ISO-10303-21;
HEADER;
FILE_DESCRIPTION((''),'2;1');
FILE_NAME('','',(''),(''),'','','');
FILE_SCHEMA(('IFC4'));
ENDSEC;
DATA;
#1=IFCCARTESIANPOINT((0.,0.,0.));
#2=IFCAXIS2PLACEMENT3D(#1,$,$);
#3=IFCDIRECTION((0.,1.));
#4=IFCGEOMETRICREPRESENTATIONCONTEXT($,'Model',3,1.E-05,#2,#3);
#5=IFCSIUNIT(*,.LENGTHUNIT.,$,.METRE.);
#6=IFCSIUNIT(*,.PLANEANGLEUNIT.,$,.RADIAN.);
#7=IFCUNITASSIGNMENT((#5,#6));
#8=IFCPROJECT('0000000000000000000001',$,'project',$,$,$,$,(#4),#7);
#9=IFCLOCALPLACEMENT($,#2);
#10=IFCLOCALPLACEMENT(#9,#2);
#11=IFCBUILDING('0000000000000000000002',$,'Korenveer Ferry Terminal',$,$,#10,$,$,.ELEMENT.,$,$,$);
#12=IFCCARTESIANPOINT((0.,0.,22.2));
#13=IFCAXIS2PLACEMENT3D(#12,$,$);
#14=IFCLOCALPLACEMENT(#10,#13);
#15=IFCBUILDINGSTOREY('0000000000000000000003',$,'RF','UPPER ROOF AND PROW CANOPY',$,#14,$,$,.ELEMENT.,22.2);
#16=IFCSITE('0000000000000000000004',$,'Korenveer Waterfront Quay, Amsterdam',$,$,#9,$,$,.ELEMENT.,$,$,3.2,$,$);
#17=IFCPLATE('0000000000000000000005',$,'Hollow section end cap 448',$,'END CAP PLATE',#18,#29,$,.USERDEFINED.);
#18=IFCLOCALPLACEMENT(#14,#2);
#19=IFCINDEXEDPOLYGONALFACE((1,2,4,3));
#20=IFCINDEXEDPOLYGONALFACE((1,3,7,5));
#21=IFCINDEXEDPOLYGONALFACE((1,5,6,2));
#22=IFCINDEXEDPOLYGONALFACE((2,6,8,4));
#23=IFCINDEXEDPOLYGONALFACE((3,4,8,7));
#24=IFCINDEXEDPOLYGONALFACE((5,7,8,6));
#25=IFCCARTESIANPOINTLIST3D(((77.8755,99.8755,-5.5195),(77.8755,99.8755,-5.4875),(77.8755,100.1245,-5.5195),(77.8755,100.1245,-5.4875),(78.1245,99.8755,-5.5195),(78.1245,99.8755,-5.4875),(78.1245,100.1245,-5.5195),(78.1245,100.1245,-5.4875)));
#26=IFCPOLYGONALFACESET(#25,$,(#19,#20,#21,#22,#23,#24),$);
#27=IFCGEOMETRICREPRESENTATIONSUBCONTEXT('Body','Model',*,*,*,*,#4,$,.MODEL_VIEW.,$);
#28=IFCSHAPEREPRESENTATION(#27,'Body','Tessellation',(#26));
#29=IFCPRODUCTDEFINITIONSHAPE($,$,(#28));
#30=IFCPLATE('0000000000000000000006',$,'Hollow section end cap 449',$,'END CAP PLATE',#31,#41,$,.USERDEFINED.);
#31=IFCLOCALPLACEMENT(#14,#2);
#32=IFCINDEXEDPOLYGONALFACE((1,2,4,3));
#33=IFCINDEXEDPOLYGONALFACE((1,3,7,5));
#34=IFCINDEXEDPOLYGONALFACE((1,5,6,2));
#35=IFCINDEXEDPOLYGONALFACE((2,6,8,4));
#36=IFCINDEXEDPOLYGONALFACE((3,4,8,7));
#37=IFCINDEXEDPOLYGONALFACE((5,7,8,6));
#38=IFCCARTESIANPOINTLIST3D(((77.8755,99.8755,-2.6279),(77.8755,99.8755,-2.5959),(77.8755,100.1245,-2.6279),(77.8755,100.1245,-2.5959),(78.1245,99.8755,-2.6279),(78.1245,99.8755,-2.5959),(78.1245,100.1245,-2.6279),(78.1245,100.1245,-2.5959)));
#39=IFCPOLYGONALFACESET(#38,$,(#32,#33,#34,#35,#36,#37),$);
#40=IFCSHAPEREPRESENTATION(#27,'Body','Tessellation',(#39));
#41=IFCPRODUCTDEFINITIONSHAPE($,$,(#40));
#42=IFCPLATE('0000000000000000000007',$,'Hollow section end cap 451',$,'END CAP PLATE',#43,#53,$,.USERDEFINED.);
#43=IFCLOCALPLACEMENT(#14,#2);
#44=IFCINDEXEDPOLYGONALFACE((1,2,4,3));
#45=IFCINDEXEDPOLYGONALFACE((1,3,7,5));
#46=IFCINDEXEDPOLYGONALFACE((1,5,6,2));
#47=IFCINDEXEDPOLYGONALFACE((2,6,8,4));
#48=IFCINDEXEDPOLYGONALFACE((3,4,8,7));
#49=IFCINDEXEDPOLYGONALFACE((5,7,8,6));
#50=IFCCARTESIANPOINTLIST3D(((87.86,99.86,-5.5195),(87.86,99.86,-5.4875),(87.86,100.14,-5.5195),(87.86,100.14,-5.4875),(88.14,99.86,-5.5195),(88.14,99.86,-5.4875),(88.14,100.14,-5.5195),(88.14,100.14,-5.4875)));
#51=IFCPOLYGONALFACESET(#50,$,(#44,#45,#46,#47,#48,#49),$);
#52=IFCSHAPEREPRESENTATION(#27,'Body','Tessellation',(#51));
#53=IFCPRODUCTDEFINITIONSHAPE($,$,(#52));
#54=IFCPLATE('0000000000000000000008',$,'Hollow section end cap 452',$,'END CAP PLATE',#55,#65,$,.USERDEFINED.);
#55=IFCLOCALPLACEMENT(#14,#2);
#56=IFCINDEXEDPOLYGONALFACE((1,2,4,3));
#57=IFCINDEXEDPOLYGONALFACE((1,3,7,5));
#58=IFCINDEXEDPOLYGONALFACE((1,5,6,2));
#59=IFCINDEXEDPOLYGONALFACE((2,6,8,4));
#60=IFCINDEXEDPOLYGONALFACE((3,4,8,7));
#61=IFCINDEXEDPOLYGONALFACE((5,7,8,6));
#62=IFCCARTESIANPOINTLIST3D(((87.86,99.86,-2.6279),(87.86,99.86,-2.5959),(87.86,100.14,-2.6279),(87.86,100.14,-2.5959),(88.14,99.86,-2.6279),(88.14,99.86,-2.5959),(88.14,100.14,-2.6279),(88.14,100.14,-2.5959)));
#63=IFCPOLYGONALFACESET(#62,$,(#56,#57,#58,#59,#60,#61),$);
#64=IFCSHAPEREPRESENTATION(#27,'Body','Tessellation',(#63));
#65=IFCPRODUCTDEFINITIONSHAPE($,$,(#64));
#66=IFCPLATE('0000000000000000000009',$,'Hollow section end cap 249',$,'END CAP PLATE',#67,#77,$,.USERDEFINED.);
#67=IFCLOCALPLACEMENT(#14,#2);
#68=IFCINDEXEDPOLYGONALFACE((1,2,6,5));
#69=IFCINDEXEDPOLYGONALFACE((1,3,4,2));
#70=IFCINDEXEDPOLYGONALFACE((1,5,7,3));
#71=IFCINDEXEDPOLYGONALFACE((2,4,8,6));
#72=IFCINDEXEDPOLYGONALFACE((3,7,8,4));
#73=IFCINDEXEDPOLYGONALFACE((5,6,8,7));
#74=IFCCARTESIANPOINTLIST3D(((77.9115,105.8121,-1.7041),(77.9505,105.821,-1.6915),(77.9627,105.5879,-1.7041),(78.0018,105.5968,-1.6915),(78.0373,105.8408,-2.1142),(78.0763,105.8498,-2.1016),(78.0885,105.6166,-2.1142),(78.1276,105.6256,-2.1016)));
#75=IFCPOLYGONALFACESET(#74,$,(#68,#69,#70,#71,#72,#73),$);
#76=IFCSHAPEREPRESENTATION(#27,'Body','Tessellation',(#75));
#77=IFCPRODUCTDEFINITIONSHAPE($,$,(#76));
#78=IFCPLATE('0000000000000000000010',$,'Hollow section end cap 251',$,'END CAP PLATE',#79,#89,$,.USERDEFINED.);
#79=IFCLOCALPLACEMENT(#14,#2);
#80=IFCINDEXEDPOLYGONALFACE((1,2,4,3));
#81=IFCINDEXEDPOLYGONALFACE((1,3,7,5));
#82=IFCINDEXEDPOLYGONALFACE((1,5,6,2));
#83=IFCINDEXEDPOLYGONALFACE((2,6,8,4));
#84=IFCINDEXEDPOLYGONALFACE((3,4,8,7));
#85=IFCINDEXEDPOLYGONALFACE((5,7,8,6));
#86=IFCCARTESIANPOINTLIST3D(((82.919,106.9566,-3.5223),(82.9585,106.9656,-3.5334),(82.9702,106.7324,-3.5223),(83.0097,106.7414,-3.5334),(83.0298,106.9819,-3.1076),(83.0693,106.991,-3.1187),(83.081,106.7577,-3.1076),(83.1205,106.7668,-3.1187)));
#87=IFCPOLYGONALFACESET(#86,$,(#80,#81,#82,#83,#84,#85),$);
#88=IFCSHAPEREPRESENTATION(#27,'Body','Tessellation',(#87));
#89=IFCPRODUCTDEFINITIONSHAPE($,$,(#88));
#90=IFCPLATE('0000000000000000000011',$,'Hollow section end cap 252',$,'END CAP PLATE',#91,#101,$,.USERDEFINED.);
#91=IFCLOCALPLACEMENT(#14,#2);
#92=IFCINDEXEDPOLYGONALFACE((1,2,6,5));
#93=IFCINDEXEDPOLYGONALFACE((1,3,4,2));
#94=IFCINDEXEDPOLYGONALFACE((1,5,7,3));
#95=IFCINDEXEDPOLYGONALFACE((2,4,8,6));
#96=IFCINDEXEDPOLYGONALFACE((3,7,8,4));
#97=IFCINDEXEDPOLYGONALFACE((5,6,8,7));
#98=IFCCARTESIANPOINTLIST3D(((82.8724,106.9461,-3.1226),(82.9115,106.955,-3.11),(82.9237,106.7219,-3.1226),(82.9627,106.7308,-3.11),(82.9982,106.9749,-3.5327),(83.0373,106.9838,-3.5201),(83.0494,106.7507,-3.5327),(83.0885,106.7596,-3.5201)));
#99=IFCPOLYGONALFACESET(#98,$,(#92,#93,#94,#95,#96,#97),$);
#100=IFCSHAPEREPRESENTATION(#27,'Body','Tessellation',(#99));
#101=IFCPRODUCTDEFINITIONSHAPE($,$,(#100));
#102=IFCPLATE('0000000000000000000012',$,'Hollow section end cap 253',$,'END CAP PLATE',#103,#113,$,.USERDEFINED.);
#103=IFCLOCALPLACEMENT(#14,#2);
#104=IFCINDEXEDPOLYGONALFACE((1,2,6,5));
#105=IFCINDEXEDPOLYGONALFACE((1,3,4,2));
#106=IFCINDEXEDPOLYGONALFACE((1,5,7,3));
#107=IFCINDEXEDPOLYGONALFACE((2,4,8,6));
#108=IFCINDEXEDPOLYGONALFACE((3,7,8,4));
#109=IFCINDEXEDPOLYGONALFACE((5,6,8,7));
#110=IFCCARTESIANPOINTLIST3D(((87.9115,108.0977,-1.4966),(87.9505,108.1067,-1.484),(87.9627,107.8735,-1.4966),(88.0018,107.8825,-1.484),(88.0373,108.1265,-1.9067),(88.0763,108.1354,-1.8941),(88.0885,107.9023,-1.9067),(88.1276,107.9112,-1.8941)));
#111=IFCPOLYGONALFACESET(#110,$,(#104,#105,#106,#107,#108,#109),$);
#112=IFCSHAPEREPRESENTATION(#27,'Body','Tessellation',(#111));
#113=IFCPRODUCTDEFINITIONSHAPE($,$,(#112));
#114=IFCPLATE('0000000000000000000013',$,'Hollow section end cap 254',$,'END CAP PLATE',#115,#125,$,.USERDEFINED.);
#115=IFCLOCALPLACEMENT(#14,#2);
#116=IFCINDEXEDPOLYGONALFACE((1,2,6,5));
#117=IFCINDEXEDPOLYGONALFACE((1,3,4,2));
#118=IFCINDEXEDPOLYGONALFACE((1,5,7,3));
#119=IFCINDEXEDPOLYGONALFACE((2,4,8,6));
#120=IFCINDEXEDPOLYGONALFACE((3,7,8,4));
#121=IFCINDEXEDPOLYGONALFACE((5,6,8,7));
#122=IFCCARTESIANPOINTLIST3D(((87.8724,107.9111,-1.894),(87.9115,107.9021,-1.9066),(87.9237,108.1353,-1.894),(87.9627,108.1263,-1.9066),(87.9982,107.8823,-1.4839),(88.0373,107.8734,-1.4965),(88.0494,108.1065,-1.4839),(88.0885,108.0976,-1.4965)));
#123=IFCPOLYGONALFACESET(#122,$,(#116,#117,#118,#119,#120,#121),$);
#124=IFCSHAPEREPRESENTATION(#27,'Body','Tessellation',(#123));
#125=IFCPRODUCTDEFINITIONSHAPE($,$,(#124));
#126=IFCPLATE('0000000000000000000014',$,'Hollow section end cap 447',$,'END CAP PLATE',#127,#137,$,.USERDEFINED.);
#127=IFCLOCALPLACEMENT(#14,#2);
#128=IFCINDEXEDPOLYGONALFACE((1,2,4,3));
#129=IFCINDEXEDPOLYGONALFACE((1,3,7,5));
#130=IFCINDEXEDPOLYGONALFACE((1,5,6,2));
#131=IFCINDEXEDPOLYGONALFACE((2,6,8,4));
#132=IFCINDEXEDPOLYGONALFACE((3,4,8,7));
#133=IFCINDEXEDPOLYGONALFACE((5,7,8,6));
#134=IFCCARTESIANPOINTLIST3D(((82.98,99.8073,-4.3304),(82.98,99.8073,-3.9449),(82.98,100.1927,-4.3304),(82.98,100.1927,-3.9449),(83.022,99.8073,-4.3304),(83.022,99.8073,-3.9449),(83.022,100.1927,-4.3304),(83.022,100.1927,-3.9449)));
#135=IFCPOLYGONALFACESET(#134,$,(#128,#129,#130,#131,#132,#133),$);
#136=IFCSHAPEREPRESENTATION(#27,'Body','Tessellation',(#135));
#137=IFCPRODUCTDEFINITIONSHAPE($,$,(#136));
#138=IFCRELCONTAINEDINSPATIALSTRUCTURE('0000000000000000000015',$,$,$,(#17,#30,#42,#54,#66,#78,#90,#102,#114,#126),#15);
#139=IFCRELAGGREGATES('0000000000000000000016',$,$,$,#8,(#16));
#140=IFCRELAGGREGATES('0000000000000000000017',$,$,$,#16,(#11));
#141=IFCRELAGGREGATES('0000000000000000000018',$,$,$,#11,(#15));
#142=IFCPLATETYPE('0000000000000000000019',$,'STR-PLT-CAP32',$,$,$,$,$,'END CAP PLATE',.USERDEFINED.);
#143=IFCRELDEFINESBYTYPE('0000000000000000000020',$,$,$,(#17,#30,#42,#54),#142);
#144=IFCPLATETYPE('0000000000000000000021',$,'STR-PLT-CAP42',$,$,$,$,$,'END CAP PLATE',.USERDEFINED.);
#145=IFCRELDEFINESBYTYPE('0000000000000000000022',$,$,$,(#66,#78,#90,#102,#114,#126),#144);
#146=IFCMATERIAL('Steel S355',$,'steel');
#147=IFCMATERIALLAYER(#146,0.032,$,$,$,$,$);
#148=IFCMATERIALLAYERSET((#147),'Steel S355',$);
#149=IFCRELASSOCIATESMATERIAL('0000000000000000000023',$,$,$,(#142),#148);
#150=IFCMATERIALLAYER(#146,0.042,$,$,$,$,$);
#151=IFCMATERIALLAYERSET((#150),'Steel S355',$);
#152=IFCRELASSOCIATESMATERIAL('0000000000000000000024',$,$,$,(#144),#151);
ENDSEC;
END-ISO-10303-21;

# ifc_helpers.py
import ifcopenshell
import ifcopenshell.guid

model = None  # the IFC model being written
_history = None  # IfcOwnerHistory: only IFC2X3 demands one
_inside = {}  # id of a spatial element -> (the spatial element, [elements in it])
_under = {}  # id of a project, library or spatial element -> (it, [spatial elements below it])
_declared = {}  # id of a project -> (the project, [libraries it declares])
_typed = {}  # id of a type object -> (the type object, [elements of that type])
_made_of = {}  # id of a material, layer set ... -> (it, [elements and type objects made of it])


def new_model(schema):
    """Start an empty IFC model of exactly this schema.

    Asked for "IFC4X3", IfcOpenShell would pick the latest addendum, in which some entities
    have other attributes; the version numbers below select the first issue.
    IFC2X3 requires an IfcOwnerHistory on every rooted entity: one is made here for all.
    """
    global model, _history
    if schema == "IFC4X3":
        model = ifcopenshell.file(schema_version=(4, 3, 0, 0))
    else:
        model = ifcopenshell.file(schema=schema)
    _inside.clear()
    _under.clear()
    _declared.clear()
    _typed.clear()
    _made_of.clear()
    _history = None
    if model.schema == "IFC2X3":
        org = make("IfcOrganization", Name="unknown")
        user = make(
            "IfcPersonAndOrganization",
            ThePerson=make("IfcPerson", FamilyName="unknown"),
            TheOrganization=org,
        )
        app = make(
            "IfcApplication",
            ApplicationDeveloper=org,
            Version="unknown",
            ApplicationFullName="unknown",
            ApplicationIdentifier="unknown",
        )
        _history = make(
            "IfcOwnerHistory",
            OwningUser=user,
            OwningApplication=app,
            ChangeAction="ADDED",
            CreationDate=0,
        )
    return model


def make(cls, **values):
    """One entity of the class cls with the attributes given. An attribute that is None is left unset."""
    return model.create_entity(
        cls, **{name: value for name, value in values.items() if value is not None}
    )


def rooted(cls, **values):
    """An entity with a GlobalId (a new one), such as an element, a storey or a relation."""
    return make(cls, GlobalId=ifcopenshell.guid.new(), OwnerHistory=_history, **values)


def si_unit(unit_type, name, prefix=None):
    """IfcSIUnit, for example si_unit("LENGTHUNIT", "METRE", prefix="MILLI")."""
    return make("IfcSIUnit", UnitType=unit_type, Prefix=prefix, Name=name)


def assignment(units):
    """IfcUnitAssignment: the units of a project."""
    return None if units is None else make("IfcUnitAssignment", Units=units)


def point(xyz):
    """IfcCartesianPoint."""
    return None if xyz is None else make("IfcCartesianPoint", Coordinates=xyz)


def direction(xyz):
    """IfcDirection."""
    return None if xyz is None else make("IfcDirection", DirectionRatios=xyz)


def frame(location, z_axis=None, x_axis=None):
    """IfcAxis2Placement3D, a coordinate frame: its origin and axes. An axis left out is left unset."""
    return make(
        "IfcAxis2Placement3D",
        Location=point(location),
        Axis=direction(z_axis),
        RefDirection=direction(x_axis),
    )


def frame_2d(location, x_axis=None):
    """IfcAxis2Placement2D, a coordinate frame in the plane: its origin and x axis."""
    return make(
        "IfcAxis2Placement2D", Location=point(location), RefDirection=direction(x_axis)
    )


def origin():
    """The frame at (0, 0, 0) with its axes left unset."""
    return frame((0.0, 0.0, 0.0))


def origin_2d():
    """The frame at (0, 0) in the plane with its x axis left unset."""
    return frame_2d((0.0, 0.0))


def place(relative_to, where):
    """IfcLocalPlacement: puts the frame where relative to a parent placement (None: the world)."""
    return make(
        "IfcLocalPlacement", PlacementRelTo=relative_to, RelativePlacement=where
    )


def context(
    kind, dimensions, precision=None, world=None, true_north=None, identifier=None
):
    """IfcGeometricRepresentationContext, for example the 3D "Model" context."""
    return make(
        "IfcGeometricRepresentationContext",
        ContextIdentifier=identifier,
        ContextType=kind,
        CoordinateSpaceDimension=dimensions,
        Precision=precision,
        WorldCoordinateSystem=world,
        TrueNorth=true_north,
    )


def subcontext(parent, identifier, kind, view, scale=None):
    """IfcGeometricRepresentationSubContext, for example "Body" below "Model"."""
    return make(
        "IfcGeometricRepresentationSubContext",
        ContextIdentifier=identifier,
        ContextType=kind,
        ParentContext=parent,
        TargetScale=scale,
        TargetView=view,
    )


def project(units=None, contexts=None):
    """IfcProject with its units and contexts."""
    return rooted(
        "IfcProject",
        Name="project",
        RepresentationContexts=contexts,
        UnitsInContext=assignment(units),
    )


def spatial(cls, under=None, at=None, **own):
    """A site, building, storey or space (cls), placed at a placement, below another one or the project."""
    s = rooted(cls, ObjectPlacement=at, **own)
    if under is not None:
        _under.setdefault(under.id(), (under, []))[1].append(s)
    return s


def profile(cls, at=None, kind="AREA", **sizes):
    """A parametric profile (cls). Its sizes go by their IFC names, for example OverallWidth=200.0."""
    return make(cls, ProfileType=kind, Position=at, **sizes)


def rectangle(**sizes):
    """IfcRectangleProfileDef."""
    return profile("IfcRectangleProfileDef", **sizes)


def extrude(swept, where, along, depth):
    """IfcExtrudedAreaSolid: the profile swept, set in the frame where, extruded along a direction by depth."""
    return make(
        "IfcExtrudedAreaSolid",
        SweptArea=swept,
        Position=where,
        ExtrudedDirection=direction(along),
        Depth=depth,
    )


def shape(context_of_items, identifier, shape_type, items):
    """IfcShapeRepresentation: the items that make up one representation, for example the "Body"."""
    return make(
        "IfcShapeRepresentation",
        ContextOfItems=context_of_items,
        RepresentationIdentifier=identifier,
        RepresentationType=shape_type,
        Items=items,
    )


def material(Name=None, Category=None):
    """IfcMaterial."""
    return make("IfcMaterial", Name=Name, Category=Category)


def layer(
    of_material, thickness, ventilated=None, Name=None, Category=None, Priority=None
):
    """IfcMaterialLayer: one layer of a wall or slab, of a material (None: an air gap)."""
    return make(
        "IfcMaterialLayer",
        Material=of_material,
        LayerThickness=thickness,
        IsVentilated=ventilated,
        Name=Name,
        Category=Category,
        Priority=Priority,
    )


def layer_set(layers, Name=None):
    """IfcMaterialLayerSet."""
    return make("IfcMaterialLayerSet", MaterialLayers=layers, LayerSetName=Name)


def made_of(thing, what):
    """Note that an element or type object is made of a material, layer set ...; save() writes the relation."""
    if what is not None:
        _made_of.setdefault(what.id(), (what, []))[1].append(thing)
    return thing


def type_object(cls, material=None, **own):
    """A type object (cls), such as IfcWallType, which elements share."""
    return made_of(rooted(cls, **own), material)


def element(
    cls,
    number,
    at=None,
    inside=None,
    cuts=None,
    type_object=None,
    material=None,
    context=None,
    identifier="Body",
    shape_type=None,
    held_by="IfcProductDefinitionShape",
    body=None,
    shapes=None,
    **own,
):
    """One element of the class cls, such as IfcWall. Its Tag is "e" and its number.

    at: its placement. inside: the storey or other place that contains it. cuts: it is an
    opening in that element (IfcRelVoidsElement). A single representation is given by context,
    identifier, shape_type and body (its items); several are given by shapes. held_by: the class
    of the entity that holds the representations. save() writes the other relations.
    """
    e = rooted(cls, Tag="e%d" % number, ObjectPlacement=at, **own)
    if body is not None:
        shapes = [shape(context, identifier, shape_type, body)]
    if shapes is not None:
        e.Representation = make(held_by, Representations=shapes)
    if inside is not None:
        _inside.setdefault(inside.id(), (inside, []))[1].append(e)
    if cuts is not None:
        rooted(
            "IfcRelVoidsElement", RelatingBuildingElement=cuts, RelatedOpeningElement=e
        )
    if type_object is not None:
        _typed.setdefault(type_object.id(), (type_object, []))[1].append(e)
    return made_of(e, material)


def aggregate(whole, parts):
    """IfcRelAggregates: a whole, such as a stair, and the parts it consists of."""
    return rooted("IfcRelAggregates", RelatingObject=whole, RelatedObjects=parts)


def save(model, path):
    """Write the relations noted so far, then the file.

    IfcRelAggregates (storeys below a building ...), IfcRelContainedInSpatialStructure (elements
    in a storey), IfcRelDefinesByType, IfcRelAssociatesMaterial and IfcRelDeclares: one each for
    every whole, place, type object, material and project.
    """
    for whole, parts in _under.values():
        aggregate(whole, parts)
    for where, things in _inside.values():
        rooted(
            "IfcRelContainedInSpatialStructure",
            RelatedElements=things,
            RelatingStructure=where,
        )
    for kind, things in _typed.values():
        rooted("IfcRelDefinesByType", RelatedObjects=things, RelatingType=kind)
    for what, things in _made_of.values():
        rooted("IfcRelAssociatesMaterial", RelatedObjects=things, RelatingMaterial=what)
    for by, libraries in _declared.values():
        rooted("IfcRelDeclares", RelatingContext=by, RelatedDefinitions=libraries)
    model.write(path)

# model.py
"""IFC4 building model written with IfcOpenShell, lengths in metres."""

from ifc_helpers import new_model, si_unit, direction, frame, origin, origin_2d, place, context, subcontext, project, spatial, rectangle, extrude, material, layer, layer_set, type_object, element, save


model = new_model("IFC4")

# Units and contexts
model_context = context("Model", 3, precision=1e-05, world=origin(), true_north=direction((0.0, 1.0)))
body_context = subcontext(model_context, "Body", "Model", "MODEL_VIEW")
ifc_project = project(units=[si_unit("LENGTHUNIT", "METRE"), si_unit("PLANEANGLEUNIT", "RADIAN")], contexts=[model_context])

# Site, building, storey
site_placement = place(None, origin())
site = spatial("IfcSite", under=ifc_project, at=site_placement, Name="Korenveer Waterfront Quay, Amsterdam", CompositionType="ELEMENT", RefElevation=3.2)
building_placement = place(site_placement, origin())
building = spatial("IfcBuilding", under=site, at=building_placement, Name="Korenveer Ferry Terminal", CompositionType="ELEMENT")
storey_placement = place(building_placement, frame((0.0, 0.0, 22.2)))
storey = spatial("IfcBuildingStorey", under=building, at=storey_placement, Name="RF", Description="UPPER ROOF AND PROW CANOPY", CompositionType="ELEMENT", Elevation=22.2)

# Shared definitions
ifc_material_1 = material(Name="Steel S355", Category="steel")

# Plates
ifc_layer_1 = layer(ifc_material_1, 0.032)
ifc_layer_set_1 = layer_set([ifc_layer_1], Name="Steel S355")
plate_type_1 = type_object("IfcPlateType", Name="STR-PLT-CAP32", ElementType="END CAP PLATE", PredefinedType="USERDEFINED", material=ifc_layer_set_1)
for number, where, z_axis, x_axis, name in (
    (1, (78.0, 100.0, -5.5195), (0.0, 0.0, 1.0), (1.0, 0.0, 0.0), "Hollow section end cap 448"),
    (2, (78.0, 100.0, -2.6279), (0.0, 0.0, 1.0), (1.0, 0.0, 0.0), "Hollow section end cap 449"),
):
    element("IfcPlate", number, at=place(storey_placement, frame(where, z_axis=z_axis, x_axis=x_axis)), inside=storey, type_object=plate_type_1, Name=name, ObjectType="END CAP PLATE", PredefinedType="USERDEFINED", context=body_context, shape_type="SweptSolid", body=[
        extrude(rectangle(XDim=0.249, YDim=0.249, at=origin_2d()), origin(), (0.0, 0.0, 1.0), 0.032),
    ])
for number, where, z_axis, x_axis, name in (
    (3, (88.0, 100.0, -5.5195), (0.0, 0.0, 1.0), (1.0, 0.0, 0.0), "Hollow section end cap 451"),
    (4, (88.0, 100.0, -2.6279), (0.0, 0.0, 1.0), (1.0, 0.0, 0.0), "Hollow section end cap 452"),
):
    element("IfcPlate", number, at=place(storey_placement, frame(where, z_axis=z_axis, x_axis=x_axis)), inside=storey, type_object=plate_type_1, Name=name, ObjectType="END CAP PLATE", PredefinedType="USERDEFINED", context=body_context, shape_type="SweptSolid", body=[
        extrude(rectangle(XDim=0.28, YDim=0.28, at=origin_2d()), origin(), (0.0, 0.0, 1.0), 0.032),
    ])
ifc_layer_2 = layer(ifc_material_1, 0.042)
ifc_layer_set_2 = layer_set([ifc_layer_2], Name="Steel S355")
plate_type_2 = type_object("IfcPlateType", Name="STR-PLT-CAP42", ElementType="END CAP PLATE", PredefinedType="USERDEFINED", material=ifc_layer_set_2)
for number, where, z_axis, x_axis, name in (
    (5, (78.0, 105.7144, -1.9092), (0.92993, 0.212555, 0.300085), (-0.222825, 0.974859, 0.0), "Hollow section end cap 249"),
    (6, (83.0, 106.8572, -3.3149), (0.940175, 0.214897, -0.264366), (-0.222825, 0.974859, 0.0), "Hollow section end cap 251"),
    (7, (82.9609, 106.8484, -3.3276), (0.92993, 0.212555, 0.300085), (-0.222825, 0.974859, 0.0), "Hollow section end cap 252"),
    (8, (88.0, 108.0, -1.7017), (0.92993, 0.212555, 0.300085), (-0.222825, 0.974859, 0.0), "Hollow section end cap 253"),
    (9, (87.9609, 108.0088, -1.689), (0.92993, -0.212555, -0.300085), (0.222825, 0.974859, 0.0), "Hollow section end cap 254"),
):
    element("IfcPlate", number, at=place(storey_placement, frame(where, z_axis=z_axis, x_axis=x_axis)), inside=storey, type_object=plate_type_2, Name=name, ObjectType="END CAP PLATE", PredefinedType="USERDEFINED", context=body_context, shape_type="SweptSolid", body=[
        extrude(rectangle(XDim=0.23, YDim=0.4299, at=origin_2d()), origin(), (0.0, 0.0, 1.0), 0.042),
    ])
plate_placement = place(storey_placement, frame((82.98, 100.0, -4.1377), z_axis=(1.0, 0.0, 0.0), x_axis=(0.0, 1.0, 0.0)))
element("IfcPlate", 10, at=plate_placement, inside=storey, type_object=plate_type_2, Name="Hollow section end cap 447", ObjectType="END CAP PLATE", PredefinedType="USERDEFINED", context=body_context, shape_type="SweptSolid", body=[
    extrude(rectangle(XDim=0.3855, YDim=0.3855, at=origin_2d()), origin(), (0.0, 0.0, 1.0), 0.042),
])

save(model, "model.ifc")
